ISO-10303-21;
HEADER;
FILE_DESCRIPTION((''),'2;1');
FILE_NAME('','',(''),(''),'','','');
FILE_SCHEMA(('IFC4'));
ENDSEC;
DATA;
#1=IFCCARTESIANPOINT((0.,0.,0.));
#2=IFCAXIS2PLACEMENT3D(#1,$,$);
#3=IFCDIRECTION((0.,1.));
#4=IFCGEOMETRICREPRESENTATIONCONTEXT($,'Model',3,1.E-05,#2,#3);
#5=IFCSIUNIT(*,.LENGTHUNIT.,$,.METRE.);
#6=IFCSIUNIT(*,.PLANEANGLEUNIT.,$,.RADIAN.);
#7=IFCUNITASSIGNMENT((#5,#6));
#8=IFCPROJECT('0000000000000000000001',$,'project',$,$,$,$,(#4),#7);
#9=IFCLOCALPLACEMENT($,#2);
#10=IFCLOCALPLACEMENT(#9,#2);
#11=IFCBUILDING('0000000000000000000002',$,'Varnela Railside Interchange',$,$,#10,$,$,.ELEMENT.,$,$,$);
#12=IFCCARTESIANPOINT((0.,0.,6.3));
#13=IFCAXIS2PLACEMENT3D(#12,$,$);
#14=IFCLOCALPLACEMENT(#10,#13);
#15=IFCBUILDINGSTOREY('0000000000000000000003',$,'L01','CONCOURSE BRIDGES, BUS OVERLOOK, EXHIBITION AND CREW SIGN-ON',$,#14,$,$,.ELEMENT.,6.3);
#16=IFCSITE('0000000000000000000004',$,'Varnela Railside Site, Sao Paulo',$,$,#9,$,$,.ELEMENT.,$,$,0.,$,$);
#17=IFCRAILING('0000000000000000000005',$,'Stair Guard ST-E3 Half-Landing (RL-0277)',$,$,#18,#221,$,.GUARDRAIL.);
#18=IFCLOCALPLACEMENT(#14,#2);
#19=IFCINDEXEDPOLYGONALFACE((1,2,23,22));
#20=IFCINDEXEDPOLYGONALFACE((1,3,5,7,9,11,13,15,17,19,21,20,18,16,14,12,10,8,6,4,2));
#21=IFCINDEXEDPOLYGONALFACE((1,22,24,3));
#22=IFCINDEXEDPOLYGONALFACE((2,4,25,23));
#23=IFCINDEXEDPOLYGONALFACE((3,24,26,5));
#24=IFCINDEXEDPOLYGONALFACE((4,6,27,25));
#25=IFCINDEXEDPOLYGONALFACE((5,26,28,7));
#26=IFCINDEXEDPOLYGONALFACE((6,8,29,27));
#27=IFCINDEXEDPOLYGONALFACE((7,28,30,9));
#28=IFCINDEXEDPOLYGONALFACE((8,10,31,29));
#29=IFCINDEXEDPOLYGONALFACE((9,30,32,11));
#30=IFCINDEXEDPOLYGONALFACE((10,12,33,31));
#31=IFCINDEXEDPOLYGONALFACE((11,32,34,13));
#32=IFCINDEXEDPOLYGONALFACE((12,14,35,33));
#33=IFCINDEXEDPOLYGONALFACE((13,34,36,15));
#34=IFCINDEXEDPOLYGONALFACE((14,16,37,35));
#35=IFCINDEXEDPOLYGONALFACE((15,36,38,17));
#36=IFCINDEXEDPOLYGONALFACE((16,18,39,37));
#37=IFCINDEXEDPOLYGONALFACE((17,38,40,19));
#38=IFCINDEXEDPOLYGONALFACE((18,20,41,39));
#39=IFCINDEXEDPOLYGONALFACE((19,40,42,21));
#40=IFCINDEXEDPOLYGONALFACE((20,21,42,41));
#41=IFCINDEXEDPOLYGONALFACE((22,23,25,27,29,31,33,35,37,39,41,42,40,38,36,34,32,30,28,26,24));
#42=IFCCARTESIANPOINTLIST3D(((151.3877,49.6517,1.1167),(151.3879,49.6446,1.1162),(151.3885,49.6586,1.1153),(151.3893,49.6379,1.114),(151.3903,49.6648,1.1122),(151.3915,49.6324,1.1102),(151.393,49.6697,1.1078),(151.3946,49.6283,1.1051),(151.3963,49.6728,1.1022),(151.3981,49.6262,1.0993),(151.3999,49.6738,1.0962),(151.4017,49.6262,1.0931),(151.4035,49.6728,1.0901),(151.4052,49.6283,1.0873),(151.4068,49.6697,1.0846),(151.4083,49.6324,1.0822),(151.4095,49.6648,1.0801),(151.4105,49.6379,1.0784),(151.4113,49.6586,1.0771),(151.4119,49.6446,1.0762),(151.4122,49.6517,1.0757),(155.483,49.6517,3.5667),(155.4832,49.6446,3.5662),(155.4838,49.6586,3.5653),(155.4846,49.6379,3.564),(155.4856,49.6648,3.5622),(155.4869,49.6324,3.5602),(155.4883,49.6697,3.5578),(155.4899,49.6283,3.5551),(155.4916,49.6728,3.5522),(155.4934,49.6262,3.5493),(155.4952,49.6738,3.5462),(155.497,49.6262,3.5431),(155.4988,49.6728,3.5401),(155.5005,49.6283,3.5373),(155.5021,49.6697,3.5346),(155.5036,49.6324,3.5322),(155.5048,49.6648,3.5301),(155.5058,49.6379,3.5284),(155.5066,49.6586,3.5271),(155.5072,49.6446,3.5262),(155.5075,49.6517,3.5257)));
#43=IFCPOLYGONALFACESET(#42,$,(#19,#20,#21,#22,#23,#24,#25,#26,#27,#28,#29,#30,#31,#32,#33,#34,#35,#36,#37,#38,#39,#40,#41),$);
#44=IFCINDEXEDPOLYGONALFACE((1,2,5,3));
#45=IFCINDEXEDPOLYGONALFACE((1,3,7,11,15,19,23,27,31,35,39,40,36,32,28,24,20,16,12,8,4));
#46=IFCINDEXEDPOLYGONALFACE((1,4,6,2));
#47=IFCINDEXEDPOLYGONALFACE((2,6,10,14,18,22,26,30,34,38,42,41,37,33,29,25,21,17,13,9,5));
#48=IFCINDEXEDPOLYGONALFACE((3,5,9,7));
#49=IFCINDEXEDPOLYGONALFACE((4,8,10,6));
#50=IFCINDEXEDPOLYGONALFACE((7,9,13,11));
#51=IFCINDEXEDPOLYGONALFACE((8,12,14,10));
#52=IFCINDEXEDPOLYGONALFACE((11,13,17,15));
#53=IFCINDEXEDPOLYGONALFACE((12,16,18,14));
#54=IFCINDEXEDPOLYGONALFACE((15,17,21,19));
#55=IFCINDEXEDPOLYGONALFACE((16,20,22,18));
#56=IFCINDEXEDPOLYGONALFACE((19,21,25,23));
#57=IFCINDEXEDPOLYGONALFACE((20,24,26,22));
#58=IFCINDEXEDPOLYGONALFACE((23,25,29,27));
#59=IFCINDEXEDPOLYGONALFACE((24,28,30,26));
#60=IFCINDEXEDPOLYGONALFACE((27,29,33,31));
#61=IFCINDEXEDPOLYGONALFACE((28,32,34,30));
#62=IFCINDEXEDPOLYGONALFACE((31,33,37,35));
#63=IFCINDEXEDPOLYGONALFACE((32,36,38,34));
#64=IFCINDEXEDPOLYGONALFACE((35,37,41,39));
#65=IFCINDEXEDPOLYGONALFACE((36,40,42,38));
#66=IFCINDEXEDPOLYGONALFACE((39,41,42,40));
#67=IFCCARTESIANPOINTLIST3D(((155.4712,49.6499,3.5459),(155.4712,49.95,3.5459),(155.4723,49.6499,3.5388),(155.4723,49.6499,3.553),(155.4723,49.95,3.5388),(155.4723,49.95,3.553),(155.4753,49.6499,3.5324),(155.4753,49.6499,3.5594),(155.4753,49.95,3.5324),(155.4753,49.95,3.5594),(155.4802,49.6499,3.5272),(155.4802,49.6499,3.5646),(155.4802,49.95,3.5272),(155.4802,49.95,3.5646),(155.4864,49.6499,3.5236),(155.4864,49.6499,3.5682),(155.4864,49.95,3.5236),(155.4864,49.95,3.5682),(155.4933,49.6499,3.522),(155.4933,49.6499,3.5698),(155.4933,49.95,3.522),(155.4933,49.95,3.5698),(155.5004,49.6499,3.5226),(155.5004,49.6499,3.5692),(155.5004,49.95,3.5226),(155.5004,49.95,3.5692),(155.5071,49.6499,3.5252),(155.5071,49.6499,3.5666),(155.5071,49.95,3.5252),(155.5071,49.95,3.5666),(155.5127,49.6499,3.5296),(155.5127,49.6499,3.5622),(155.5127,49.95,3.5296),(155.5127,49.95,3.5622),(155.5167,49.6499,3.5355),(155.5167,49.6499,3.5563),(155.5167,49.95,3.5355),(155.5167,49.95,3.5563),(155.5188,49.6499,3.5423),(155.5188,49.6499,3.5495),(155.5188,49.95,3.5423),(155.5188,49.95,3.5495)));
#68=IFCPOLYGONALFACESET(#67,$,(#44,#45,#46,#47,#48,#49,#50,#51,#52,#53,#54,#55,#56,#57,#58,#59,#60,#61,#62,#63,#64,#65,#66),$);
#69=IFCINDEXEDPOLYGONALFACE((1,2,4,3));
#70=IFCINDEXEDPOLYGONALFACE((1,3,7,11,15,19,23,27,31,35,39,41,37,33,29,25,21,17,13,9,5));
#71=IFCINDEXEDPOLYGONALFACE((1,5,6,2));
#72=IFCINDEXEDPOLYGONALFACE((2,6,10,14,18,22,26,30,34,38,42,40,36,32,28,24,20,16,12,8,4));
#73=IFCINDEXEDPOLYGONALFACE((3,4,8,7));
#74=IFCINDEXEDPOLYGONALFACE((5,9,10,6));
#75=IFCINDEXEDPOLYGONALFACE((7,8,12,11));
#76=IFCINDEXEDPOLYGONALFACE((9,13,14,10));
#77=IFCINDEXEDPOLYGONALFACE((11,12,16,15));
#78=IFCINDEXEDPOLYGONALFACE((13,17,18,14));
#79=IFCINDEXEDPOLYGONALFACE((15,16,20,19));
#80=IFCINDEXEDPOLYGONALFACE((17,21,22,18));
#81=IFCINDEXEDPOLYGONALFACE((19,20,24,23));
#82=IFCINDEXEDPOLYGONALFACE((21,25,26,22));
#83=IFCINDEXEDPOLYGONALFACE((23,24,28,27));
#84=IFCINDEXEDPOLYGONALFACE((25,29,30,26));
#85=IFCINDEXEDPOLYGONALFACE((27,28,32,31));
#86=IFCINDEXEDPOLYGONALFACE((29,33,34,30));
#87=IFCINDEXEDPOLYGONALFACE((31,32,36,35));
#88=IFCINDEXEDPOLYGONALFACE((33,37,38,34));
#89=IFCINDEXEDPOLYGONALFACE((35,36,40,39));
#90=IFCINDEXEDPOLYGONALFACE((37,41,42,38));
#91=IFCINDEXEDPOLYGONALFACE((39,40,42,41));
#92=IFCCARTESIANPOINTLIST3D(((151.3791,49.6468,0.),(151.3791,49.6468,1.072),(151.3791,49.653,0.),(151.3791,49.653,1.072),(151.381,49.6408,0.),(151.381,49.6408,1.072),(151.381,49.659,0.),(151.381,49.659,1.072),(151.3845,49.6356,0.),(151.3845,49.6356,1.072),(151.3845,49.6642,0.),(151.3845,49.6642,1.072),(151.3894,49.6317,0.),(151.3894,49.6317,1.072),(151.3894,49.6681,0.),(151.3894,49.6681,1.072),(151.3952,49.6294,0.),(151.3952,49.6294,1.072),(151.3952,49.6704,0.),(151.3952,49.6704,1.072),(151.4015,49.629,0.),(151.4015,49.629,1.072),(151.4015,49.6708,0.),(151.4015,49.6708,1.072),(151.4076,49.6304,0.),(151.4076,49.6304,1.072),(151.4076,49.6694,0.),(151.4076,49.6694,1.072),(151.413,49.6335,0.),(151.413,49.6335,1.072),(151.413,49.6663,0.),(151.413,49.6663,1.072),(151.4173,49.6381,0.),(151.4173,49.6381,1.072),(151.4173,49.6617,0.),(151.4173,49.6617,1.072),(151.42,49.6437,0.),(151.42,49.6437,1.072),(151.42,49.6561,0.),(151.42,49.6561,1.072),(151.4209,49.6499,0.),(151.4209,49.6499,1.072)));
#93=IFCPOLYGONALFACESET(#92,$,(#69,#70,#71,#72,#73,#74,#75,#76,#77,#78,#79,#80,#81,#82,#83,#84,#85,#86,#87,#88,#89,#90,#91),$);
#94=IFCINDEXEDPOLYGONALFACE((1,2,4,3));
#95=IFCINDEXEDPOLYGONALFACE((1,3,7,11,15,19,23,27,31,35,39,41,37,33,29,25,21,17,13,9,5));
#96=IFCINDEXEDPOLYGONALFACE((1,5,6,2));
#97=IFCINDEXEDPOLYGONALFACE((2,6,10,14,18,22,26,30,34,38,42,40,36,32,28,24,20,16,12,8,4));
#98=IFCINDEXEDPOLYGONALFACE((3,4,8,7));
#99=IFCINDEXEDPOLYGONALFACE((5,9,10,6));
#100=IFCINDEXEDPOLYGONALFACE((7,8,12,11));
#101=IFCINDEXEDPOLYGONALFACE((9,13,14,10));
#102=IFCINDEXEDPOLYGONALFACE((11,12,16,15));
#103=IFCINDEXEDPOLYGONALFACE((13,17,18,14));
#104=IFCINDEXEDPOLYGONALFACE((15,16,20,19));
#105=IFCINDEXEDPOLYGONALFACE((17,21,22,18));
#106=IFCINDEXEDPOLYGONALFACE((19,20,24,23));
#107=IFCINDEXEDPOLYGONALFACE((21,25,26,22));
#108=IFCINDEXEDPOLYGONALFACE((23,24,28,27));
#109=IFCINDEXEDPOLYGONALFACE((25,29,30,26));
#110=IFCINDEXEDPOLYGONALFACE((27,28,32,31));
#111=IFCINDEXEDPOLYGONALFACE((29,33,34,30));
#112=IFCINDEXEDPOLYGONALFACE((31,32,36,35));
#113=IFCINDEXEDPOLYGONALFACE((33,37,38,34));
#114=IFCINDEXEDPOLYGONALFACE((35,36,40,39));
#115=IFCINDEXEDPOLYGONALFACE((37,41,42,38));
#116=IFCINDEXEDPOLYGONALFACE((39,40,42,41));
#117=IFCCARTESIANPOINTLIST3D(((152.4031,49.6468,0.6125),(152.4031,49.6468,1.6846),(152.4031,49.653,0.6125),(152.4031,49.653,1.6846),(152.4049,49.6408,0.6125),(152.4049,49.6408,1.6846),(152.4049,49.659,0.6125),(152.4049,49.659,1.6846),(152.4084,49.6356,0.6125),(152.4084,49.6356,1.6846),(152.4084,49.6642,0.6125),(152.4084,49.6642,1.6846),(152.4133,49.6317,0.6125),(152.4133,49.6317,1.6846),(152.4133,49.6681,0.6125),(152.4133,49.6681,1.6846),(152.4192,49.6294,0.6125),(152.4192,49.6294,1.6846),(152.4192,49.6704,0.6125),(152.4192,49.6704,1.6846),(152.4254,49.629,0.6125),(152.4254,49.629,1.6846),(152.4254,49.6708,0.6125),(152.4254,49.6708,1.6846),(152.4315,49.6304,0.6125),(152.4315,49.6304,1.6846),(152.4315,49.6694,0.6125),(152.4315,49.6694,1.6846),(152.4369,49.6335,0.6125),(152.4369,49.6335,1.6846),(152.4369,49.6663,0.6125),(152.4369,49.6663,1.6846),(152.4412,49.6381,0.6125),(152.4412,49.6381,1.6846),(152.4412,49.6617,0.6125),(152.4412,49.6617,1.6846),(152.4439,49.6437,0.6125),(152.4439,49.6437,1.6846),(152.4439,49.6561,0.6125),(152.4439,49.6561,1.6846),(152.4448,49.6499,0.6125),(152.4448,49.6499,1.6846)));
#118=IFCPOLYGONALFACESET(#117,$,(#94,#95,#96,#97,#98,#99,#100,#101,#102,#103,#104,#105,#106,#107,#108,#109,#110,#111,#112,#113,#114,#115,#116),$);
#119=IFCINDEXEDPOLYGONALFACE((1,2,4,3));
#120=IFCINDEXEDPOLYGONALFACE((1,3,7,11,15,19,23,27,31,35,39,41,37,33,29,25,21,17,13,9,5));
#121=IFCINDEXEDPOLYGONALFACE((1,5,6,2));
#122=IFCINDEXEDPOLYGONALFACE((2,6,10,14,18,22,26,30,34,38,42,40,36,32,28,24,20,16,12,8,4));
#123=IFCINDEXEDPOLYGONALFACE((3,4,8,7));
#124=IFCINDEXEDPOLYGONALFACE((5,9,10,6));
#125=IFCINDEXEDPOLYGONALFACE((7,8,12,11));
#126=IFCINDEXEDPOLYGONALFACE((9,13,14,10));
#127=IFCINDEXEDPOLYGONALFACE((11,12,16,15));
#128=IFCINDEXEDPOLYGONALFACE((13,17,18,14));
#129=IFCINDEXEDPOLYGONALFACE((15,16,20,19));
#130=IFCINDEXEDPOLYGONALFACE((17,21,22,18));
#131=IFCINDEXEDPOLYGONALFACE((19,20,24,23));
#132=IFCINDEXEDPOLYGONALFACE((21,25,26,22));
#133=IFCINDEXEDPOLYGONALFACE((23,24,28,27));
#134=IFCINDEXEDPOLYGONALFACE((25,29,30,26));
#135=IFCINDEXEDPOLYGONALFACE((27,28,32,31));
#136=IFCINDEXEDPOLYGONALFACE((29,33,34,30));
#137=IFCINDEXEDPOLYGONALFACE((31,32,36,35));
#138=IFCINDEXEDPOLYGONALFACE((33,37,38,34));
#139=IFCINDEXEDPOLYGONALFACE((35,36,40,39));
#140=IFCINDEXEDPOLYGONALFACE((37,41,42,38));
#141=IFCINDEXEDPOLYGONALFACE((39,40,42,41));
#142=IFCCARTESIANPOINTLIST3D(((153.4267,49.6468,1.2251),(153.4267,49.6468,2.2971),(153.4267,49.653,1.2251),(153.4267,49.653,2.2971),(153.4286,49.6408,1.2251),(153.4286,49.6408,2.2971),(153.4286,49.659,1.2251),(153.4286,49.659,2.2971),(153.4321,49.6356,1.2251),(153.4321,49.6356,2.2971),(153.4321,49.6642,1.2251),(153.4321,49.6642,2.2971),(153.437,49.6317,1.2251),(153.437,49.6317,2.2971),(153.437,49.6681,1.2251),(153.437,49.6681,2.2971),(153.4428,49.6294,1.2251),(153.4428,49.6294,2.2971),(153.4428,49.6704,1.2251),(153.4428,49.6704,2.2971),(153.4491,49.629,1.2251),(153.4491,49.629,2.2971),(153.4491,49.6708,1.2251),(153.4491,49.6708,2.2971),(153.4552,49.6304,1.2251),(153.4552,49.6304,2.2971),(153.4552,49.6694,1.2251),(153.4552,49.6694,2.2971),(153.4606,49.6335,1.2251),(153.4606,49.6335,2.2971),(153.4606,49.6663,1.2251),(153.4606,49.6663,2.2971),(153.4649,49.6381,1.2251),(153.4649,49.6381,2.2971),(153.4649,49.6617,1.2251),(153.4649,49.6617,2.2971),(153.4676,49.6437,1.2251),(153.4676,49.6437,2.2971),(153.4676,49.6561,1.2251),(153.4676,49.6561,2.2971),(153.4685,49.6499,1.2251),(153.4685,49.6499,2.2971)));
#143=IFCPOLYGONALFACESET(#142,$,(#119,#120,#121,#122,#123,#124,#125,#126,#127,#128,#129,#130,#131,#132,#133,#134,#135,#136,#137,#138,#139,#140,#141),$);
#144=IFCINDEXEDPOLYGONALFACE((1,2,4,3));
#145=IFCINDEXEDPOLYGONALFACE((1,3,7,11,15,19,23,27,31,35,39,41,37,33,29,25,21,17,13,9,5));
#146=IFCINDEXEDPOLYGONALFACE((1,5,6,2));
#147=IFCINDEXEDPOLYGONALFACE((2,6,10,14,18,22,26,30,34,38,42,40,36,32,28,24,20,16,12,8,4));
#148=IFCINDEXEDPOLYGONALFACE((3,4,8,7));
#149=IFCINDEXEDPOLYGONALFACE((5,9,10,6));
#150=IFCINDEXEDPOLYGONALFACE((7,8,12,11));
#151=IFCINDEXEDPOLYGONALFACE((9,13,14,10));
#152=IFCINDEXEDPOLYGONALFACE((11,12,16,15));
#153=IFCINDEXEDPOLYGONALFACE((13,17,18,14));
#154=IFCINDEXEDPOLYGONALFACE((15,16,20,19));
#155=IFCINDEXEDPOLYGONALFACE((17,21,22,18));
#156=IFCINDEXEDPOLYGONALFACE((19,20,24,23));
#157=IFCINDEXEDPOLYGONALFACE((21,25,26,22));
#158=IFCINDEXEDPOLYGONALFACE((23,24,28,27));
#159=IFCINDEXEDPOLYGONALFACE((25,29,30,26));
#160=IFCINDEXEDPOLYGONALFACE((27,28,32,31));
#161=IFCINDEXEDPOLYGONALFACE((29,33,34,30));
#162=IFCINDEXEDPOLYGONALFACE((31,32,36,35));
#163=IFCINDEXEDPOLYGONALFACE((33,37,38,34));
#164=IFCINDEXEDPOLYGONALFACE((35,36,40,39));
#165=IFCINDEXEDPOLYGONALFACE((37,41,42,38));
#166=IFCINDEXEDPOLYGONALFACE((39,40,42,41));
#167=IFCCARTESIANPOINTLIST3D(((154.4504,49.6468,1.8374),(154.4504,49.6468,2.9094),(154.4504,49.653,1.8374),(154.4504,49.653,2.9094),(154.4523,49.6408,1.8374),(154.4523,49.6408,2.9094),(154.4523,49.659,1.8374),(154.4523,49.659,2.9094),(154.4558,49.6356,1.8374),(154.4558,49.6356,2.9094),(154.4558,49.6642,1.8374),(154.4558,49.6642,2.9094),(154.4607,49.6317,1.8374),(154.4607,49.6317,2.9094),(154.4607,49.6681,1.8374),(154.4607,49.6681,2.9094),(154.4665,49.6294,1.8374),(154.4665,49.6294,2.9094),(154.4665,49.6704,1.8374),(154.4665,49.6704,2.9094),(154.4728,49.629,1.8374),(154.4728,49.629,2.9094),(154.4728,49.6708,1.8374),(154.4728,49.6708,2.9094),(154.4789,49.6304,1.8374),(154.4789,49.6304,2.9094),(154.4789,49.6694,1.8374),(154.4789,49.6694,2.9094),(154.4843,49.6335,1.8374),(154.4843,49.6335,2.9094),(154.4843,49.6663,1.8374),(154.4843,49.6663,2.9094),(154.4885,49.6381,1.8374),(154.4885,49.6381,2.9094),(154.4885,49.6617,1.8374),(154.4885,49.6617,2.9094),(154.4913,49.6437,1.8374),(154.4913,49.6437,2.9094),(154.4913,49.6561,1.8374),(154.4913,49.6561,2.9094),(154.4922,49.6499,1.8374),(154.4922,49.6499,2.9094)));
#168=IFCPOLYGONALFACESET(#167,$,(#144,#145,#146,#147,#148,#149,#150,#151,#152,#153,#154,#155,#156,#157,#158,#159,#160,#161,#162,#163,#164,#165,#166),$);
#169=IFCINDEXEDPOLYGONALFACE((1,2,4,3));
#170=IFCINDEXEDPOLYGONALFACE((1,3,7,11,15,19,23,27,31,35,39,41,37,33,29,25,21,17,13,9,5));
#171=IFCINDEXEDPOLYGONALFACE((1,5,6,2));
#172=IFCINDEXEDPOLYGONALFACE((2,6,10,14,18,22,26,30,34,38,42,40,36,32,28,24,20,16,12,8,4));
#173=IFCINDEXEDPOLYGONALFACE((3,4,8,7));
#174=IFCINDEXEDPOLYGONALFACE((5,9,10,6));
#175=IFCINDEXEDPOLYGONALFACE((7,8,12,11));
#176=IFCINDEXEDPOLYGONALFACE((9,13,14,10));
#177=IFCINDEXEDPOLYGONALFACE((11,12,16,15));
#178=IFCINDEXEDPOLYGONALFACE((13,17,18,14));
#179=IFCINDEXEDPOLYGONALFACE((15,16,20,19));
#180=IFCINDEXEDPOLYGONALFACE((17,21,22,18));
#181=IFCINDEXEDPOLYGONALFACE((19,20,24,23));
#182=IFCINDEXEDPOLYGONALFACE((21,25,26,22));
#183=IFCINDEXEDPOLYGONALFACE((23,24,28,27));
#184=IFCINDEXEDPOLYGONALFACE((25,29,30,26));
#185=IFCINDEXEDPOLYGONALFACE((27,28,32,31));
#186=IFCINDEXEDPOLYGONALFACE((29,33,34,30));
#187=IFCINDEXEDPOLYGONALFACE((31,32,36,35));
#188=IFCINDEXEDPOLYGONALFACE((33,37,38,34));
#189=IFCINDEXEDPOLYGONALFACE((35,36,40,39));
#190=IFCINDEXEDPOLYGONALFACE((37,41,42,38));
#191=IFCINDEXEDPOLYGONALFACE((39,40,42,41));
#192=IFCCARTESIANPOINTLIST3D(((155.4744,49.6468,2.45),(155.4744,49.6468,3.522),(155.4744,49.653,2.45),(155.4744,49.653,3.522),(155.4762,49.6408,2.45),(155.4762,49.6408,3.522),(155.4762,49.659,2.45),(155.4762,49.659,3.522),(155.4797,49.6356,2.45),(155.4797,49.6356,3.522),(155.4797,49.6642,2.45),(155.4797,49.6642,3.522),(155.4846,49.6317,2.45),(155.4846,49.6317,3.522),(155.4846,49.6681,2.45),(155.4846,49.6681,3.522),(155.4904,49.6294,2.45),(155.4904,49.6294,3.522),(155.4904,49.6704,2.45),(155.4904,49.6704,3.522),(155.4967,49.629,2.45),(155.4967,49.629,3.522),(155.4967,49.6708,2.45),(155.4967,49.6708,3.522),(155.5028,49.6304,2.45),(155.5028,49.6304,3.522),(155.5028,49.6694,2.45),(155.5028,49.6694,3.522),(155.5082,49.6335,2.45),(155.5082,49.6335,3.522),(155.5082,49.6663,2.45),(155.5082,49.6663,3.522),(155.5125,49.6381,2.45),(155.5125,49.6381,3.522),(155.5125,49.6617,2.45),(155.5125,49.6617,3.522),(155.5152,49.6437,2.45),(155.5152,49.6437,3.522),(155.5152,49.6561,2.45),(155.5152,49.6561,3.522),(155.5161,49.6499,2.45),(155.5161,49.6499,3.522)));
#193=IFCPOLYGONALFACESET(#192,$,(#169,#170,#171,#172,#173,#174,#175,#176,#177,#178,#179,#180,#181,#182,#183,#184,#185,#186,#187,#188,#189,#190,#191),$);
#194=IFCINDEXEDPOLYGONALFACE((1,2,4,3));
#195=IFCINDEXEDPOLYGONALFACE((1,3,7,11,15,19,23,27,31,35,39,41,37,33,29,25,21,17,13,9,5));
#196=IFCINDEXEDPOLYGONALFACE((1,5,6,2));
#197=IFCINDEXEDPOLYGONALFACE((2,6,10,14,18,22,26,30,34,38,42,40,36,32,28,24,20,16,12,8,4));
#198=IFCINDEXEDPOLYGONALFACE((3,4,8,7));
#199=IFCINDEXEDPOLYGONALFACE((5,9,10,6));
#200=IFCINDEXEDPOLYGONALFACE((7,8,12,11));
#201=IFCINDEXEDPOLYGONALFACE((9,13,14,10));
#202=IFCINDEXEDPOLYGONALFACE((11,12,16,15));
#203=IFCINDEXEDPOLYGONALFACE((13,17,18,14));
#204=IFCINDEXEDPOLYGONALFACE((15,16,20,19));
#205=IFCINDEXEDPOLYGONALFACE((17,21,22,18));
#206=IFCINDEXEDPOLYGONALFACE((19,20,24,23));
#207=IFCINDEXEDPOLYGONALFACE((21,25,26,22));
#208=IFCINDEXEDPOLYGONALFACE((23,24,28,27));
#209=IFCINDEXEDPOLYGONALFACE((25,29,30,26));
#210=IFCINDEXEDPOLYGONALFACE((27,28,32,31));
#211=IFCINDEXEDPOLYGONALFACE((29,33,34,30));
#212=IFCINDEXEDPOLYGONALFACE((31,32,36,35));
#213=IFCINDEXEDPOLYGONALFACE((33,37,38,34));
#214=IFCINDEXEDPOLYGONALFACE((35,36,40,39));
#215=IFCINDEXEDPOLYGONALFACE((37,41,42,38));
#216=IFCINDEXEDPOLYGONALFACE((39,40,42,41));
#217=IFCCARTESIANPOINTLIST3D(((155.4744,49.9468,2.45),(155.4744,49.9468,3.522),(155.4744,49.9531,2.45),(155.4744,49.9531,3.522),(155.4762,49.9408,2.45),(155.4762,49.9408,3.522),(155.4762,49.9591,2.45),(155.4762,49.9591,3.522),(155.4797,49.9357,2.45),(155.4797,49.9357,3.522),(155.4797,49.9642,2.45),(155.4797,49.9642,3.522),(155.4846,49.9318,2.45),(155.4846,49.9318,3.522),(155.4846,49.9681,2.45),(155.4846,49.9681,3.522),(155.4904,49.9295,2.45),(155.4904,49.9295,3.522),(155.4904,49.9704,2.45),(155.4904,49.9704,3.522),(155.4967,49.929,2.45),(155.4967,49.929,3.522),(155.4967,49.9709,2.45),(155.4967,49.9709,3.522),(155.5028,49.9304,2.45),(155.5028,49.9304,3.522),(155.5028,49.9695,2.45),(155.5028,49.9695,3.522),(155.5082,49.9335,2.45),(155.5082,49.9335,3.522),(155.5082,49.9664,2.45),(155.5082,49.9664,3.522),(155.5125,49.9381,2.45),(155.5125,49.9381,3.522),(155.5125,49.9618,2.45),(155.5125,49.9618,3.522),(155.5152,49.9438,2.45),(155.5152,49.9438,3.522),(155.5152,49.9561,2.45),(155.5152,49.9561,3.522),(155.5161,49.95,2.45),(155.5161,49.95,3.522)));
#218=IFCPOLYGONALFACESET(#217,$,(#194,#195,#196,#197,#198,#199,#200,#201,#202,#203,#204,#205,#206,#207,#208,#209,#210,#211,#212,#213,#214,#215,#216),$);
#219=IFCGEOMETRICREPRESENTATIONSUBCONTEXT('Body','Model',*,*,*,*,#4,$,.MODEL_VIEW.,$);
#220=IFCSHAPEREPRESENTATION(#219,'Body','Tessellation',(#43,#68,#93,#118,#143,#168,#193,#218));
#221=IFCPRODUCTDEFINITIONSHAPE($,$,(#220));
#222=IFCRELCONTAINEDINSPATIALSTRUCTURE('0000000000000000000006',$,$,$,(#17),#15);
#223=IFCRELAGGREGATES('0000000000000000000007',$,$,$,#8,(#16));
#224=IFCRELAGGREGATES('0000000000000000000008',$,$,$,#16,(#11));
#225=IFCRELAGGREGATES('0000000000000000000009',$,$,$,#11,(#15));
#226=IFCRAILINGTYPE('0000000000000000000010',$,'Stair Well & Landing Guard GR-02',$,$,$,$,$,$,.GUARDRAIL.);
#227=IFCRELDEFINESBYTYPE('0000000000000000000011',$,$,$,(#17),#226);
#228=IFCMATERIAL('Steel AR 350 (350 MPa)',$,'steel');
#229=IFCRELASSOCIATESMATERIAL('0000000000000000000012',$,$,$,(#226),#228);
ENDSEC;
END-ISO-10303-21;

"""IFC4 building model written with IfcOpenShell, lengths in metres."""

from ifc_helpers import new_model, si_unit, direction, frame, origin, origin_2d, place, context, subcontext, project, spatial, circle, extrude, material, type_object, element, save


model = new_model("IFC4")

# Units and contexts
model_context = context("Model", 3, precision=1e-05, world=origin(), true_north=direction((0.0, 1.0)))
body_context = subcontext(model_context, "Body", "Model", "MODEL_VIEW")
ifc_project = project(units=[si_unit("LENGTHUNIT", "METRE"), si_unit("PLANEANGLEUNIT", "RADIAN")], contexts=[model_context])

# Site, building, storey
site_placement = place(None, origin())
site = spatial("IfcSite", under=ifc_project, at=site_placement, Name="Varnela Railside Site, Sao Paulo", CompositionType="ELEMENT", RefElevation=0.0)
building_placement = place(site_placement, origin())
building = spatial("IfcBuilding", under=site, at=building_placement, Name="Varnela Railside Interchange", CompositionType="ELEMENT")
storey_placement = place(building_placement, frame((0.0, 0.0, 6.3)))
storey = spatial("IfcBuildingStorey", under=building, at=storey_placement, Name="L01", Description="CONCOURSE BRIDGES, BUS OVERLOOK, EXHIBITION AND CREW SIGN-ON", CompositionType="ELEMENT", Elevation=6.3)

# Shared definitions
ifc_material_1 = material(Name="Steel AR 350 (350 MPa)", Category="steel")

# Railing
railing_type_1 = type_object("IfcRailingType", Name="Stair Well & Landing Guard GR-02", PredefinedType="GUARDRAIL", material=ifc_material_1)
railing_1_placement = place(storey_placement, frame((151.3999, 49.6499, 0.0)))
element("IfcRailing", 1, at=railing_1_placement, inside=storey, type_object=railing_type_1, Name="Stair Guard ST-E3 Half-Landing (RL-0277)", PredefinedType="GUARDRAIL", context=body_context, shape_type="SweptSolid", body=[
    extrude(circle(Radius=0.0239, at=origin_2d()), frame((0.0, 0.0, 1.0962), z_axis=(0.858156, 0.0, 0.513389), x_axis=(0.0, 1.0, 0.0)), (0.0, 0.0, 1.0), 4.7722),
    extrude(circle(Radius=0.0239, at=origin_2d()), frame((4.0952, 0.0, 3.5459), z_axis=(0.0, 1.0, 0.0), x_axis=(-1.0, 0.0, 0.0)), (0.0, 0.0, 1.0), 0.3),
    extrude(circle(Radius=0.021, at=origin_2d()), origin(), (0.0, 0.0, 1.0), 1.072),
    extrude(circle(Radius=0.021, at=origin_2d()), frame((1.0239, 0.0, 0.6125)), (0.0, 0.0, 1.0), 1.072),
    extrude(circle(Radius=0.021, at=origin_2d()), frame((2.0476, 0.0, 1.2251)), (0.0, 0.0, 1.0), 1.072),
    extrude(circle(Radius=0.021, at=origin_2d()), frame((3.0713, 0.0, 1.8374)), (0.0, 0.0, 1.0), 1.072),
    extrude(circle(Radius=0.021, at=origin_2d()), frame((4.0952, 0.0, 2.45)), (0.0, 0.0, 1.0), 1.072),
    extrude(circle(Radius=0.021, at=origin_2d()), frame((4.0952, 0.3, 2.45)), (0.0, 0.0, 1.0), 1.072),
])

save(model, "model.ifc")
